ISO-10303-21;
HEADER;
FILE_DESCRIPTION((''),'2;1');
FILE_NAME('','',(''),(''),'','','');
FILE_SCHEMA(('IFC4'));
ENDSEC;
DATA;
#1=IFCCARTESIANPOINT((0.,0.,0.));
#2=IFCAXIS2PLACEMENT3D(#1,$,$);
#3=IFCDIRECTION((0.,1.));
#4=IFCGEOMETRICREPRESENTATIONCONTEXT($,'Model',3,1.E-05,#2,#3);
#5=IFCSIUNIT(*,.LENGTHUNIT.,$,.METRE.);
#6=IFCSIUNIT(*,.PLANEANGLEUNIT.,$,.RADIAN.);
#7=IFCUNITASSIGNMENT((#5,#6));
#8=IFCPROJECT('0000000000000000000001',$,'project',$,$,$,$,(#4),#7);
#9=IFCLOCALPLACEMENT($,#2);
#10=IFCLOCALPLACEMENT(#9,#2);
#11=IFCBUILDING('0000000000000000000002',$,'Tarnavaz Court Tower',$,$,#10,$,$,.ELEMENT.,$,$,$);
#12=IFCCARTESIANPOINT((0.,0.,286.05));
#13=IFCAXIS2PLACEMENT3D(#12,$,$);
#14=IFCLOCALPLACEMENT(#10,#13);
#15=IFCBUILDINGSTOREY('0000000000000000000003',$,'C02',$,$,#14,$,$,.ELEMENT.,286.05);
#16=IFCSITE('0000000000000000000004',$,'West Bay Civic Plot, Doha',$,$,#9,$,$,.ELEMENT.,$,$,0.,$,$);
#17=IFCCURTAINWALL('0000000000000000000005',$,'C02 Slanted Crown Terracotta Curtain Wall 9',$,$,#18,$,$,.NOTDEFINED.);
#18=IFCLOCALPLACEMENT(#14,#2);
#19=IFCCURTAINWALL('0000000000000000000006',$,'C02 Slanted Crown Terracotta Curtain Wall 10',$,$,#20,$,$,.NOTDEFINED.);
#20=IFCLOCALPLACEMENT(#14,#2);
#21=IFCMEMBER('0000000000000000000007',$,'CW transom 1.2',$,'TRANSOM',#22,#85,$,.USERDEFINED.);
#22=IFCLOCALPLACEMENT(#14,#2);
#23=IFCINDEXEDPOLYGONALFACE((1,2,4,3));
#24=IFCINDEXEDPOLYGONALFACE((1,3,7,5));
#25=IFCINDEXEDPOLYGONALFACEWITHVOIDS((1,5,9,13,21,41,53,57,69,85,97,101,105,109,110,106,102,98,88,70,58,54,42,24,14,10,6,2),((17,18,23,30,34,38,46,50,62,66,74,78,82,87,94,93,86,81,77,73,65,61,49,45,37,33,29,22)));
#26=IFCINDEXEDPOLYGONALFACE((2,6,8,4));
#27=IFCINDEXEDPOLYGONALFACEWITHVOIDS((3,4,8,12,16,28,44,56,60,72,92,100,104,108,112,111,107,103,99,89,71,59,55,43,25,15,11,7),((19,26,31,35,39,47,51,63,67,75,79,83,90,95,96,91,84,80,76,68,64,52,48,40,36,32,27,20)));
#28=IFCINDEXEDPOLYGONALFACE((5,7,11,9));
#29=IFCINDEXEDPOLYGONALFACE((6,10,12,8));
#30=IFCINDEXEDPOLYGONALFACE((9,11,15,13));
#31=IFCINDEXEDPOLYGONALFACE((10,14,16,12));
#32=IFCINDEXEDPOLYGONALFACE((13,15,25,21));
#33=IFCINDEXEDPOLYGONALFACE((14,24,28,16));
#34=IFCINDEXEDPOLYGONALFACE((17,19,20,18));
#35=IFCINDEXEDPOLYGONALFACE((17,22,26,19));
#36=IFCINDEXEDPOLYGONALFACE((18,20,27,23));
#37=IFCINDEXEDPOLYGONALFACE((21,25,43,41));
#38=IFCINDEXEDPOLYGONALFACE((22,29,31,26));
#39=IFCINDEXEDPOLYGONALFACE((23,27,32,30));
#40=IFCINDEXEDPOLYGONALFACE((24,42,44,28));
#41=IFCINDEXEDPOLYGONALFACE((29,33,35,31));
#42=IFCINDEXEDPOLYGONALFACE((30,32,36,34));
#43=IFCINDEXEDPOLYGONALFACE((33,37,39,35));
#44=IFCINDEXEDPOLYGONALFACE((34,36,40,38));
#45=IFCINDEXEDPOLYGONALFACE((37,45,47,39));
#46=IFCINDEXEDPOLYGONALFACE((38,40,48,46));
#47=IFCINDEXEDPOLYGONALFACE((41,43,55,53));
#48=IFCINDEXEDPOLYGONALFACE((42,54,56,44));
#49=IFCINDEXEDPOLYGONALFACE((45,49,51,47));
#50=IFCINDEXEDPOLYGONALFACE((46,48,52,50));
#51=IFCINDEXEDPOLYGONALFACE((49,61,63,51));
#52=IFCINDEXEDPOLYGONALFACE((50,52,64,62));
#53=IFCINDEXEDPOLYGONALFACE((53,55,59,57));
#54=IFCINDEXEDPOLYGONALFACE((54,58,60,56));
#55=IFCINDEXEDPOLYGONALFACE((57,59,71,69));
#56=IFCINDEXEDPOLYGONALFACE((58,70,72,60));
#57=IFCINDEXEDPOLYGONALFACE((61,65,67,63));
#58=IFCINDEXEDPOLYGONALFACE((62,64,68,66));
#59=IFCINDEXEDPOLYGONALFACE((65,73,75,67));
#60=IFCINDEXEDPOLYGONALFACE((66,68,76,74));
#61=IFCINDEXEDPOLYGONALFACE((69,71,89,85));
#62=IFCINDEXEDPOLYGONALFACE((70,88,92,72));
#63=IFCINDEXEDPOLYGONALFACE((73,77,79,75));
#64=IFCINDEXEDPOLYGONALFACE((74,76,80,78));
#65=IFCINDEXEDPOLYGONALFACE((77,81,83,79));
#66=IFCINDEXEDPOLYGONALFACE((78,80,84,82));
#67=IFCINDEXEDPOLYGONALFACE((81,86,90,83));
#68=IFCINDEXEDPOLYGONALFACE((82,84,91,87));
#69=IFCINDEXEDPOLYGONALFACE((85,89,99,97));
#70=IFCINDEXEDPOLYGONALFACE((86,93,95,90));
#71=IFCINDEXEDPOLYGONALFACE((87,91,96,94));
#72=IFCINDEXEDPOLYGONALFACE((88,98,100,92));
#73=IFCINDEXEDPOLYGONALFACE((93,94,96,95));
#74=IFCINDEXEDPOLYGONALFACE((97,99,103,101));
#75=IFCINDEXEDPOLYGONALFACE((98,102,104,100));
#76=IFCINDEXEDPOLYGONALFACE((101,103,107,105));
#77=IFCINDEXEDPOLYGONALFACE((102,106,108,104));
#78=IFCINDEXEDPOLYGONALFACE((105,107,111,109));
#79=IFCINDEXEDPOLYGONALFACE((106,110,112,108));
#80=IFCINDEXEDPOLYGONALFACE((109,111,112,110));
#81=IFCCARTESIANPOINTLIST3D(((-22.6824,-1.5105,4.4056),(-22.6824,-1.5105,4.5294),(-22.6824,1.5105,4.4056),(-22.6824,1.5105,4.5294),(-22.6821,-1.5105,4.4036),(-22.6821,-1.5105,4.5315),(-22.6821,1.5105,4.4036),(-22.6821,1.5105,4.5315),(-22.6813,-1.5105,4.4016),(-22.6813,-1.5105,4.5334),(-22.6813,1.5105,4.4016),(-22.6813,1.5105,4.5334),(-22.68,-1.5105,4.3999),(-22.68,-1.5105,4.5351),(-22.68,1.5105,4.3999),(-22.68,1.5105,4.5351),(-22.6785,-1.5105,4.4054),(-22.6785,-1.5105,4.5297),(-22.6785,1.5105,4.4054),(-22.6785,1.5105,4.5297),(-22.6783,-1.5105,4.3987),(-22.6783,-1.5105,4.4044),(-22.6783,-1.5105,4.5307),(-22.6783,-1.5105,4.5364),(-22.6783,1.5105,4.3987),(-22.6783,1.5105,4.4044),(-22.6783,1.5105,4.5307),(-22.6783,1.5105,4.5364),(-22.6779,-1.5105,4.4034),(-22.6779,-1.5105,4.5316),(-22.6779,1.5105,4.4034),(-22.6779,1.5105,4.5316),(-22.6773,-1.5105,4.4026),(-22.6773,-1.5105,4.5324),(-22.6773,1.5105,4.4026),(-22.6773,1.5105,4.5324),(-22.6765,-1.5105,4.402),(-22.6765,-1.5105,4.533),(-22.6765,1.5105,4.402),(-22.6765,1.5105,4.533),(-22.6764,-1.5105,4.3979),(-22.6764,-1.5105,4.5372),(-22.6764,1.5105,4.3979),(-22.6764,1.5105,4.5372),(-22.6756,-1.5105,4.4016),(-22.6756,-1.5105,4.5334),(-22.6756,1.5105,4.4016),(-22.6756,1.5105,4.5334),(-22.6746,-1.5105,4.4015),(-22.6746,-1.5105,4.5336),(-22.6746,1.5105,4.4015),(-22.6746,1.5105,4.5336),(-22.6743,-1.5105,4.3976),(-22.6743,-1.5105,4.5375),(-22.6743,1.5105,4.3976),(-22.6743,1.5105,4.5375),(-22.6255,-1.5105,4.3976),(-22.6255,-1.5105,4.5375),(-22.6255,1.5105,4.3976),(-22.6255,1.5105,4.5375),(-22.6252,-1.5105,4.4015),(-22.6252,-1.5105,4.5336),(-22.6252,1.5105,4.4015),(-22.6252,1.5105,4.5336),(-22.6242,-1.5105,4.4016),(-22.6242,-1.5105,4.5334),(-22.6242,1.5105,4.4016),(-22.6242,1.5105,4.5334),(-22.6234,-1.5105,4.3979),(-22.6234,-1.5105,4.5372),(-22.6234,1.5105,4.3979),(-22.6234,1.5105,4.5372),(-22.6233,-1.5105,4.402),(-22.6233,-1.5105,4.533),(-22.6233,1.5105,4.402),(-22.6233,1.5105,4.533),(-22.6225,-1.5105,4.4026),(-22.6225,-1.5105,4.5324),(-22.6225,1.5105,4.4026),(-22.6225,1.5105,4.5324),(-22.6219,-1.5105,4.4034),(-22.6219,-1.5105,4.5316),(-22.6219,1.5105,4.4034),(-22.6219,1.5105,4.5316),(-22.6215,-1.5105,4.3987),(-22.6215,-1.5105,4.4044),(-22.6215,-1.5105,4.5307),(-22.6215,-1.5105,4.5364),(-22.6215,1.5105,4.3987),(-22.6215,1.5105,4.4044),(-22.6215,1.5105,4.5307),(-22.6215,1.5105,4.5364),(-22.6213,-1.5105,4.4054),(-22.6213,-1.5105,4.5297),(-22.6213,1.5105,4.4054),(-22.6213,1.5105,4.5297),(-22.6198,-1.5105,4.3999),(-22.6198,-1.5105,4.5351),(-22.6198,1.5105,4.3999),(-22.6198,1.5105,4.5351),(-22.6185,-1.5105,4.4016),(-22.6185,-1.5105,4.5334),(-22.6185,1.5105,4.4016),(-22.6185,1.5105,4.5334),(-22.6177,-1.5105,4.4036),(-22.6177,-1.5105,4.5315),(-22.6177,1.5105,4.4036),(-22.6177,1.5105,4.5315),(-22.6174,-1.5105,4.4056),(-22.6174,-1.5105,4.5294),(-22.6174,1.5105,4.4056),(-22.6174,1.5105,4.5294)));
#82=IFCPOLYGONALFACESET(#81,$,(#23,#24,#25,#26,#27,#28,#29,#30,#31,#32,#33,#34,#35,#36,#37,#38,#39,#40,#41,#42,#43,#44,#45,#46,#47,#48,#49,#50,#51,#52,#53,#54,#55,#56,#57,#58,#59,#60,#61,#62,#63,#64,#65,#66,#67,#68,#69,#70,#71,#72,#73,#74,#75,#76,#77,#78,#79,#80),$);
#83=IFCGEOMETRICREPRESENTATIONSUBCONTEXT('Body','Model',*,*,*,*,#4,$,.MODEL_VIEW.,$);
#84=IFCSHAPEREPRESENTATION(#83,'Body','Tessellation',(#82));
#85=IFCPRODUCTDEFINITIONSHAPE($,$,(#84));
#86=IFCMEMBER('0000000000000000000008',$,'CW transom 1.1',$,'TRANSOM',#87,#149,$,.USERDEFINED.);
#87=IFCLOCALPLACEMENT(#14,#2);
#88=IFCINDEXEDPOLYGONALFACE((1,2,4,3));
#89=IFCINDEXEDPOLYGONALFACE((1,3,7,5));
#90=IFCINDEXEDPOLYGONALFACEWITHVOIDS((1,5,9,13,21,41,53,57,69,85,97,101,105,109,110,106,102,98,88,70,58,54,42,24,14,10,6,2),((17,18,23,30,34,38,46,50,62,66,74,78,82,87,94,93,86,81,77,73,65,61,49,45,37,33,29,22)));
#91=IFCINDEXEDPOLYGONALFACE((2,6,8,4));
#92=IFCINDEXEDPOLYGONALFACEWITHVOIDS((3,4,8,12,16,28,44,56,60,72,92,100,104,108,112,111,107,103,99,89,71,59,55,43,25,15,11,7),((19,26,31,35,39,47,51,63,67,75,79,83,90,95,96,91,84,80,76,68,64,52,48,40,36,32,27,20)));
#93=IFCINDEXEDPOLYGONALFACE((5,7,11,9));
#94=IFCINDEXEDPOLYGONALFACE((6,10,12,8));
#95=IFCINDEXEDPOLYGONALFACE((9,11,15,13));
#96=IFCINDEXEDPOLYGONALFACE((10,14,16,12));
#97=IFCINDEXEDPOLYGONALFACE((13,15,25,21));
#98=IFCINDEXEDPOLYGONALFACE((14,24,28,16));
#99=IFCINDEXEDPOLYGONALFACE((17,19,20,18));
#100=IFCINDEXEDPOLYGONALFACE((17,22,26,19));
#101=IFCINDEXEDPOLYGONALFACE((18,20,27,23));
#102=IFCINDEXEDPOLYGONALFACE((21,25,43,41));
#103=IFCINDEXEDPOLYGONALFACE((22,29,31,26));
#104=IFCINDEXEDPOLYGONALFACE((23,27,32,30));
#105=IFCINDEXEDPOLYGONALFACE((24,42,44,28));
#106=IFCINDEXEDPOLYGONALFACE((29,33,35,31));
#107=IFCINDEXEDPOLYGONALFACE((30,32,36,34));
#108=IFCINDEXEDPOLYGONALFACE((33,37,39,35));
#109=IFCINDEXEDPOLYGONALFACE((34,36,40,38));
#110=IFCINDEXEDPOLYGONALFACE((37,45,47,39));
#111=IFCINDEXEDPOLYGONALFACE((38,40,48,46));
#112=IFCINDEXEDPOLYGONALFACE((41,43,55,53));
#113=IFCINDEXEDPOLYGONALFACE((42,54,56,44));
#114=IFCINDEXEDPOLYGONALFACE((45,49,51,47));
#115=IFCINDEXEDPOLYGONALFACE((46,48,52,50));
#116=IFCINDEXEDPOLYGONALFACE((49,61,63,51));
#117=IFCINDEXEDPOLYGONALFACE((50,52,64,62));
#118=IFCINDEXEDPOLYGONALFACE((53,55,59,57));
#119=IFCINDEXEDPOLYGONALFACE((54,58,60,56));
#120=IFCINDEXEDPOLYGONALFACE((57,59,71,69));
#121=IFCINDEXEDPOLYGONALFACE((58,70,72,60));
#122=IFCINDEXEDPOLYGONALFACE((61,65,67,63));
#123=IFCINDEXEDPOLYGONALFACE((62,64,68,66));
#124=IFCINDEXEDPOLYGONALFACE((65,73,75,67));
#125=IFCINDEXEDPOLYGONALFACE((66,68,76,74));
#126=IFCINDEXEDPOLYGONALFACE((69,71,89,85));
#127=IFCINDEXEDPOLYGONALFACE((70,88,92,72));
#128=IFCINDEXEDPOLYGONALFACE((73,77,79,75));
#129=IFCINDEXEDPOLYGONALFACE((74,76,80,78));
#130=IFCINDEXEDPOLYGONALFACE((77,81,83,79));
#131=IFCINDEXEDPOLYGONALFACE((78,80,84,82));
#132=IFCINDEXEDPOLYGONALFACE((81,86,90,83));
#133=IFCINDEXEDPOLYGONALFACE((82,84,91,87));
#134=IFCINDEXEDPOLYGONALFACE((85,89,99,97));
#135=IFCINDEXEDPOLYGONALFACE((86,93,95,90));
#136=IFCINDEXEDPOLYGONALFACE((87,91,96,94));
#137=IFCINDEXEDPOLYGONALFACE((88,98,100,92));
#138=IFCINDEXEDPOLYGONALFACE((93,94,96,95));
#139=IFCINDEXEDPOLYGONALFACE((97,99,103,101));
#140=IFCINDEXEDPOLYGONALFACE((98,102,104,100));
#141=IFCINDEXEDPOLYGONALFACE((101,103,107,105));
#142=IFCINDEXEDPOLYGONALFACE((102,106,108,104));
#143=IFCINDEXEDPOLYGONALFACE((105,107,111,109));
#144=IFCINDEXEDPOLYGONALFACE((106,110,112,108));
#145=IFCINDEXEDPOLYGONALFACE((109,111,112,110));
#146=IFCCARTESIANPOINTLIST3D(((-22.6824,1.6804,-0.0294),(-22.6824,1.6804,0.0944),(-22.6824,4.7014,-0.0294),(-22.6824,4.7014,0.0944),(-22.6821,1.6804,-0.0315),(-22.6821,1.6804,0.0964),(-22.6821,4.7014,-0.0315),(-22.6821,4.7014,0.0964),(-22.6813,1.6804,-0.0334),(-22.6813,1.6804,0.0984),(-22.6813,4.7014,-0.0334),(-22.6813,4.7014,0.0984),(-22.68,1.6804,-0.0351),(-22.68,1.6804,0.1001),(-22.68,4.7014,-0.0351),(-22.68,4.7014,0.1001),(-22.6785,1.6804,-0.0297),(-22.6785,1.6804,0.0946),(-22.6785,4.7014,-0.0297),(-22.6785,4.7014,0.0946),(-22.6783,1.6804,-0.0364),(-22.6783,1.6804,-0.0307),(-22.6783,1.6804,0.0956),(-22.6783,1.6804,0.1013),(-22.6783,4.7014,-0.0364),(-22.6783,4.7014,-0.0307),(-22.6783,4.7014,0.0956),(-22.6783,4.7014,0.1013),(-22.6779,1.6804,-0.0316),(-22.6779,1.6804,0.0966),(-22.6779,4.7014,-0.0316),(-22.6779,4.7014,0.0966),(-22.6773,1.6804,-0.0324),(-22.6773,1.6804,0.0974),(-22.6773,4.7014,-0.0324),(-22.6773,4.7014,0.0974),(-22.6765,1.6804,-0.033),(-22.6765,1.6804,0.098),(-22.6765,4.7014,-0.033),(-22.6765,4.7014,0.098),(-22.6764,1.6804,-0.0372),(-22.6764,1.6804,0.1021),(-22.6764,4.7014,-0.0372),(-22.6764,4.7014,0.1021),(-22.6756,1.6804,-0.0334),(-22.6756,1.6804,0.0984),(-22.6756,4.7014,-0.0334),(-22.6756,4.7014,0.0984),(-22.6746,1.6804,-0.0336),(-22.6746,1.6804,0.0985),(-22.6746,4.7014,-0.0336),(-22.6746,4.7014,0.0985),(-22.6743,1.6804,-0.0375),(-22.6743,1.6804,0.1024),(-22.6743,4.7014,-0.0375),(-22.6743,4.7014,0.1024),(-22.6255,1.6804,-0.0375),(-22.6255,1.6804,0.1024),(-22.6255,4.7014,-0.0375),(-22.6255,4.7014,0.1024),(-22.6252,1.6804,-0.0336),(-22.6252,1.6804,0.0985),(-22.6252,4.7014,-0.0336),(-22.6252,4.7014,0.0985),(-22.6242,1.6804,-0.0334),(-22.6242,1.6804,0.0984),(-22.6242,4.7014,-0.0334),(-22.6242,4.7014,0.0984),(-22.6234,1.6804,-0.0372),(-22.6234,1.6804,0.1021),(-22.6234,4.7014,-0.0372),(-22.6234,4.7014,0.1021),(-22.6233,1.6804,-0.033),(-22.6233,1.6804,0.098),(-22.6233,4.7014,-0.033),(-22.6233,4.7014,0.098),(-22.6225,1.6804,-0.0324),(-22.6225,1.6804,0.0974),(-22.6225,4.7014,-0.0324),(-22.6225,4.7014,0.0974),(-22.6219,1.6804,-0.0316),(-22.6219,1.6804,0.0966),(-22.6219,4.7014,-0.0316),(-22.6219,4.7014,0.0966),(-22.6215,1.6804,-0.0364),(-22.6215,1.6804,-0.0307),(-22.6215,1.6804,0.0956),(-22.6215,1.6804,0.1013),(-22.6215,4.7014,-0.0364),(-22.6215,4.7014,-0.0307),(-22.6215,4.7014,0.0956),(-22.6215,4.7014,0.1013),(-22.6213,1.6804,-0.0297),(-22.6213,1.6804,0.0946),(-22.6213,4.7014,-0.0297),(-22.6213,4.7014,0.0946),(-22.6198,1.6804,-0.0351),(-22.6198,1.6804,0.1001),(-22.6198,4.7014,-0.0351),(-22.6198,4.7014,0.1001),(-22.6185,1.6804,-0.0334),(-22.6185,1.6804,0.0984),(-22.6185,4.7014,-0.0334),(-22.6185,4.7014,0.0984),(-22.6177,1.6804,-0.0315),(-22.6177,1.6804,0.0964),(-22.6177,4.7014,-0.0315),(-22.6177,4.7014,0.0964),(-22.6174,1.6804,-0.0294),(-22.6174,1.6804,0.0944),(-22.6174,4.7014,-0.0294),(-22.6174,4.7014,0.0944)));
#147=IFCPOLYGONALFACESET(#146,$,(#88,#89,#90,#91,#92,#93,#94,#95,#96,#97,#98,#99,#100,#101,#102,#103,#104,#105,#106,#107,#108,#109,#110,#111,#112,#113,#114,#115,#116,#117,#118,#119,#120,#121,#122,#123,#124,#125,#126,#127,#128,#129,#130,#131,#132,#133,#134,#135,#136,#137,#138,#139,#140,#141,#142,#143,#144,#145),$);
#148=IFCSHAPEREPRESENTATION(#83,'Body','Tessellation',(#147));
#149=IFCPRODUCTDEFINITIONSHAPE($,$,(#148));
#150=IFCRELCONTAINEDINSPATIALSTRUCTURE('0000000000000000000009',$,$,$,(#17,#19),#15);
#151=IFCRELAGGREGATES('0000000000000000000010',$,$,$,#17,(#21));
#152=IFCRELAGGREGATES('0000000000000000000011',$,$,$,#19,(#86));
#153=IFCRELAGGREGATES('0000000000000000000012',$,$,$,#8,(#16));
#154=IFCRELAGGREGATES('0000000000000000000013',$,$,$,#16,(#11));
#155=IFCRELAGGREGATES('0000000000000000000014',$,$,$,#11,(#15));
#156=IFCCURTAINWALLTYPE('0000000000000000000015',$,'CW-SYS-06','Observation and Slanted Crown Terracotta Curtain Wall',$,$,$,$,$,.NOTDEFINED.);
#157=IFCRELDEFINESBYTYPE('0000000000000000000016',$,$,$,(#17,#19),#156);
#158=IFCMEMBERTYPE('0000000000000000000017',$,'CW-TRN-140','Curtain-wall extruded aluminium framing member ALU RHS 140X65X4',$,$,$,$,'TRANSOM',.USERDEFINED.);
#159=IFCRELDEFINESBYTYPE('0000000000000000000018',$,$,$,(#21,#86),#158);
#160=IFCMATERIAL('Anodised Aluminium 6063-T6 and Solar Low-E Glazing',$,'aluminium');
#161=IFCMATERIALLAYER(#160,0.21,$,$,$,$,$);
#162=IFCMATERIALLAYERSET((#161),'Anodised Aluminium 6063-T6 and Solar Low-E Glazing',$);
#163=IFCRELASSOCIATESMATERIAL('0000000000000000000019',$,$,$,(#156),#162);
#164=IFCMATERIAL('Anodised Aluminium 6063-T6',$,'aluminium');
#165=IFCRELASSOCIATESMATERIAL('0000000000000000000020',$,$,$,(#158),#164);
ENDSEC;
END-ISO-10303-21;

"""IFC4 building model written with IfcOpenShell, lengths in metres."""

from ifc_helpers import new_model, si_unit, direction, frame, origin, origin_2d, place, context, subcontext, project, spatial, hollow_rectangle, extrude, material, layer, layer_set, material_profile, profile_set, type_object, element, aggregate, save


model = new_model("IFC4")

# Units and contexts
model_context = context("Model", 3, precision=1e-05, world=origin(), true_north=direction((0.0, 1.0)))
body_context = subcontext(model_context, "Body", "Model", "MODEL_VIEW")
ifc_project = project(units=[si_unit("LENGTHUNIT", "METRE"), si_unit("PLANEANGLEUNIT", "RADIAN")], contexts=[model_context])

# Site, building, storey
site_placement = place(None, origin())
site = spatial("IfcSite", under=ifc_project, at=site_placement, Name="West Bay Civic Plot, Doha", CompositionType="ELEMENT", RefElevation=0.0)
building_placement = place(site_placement, origin())
building = spatial("IfcBuilding", under=site, at=building_placement, Name="Tarnavaz Court Tower", CompositionType="ELEMENT")
storey_placement = place(building_placement, frame((0.0, 0.0, 286.05)))
storey = spatial("IfcBuildingStorey", under=building, at=storey_placement, Name="C02", CompositionType="ELEMENT", Elevation=286.05)

# Curtain wall
ifc_material_1 = material(Name="Anodised Aluminium 6063-T6 and Solar Low-E Glazing", Category="aluminium")
ifc_layer_1 = layer(ifc_material_1, 0.21)
ifc_layer_set_1 = layer_set([ifc_layer_1], Name="Anodised Aluminium 6063-T6 and Solar Low-E Glazing")
curtain_wall_type = type_object("IfcCurtainWallType", Name="CW-SYS-06", Description="Observation and Slanted Crown Terracotta Curtain Wall", PredefinedType="NOTDEFINED", material=ifc_layer_set_1)
curtain_wall_1_placement = place(storey_placement, origin())
curtain_wall_1 = element("IfcCurtainWall", 1, at=curtain_wall_1_placement, inside=storey, type_object=curtain_wall_type, Name="C02 Slanted Crown Terracotta Curtain Wall 9", PredefinedType="NOTDEFINED")
ifc_material_2 = material(Name="Anodised Aluminium 6063-T6", Category="aluminium")

# Curtain wall
curtain_wall_2_placement = place(storey_placement, origin())
curtain_wall_2 = element("IfcCurtainWall", 2, at=curtain_wall_2_placement, inside=storey, type_object=curtain_wall_type, Name="C02 Slanted Crown Terracotta Curtain Wall 10", PredefinedType="NOTDEFINED")

# Members
ifc_material_profile_1 = material_profile(ifc_material_2, hollow_rectangle(XDim=0.0649, YDim=0.1399, WallThickness=0.0039, InnerFilletRadius=0.0039, OuterFilletRadius=0.0081, at=origin_2d()), Name="ALU RHS 140X65X4")
ifc_profile_set_1 = profile_set([ifc_material_profile_1], Name="Anodised Aluminium 6063-T6")
member_type_1 = type_object("IfcMemberType", Name="CW-TRN-140", Description="Curtain-wall extruded aluminium framing member ALU RHS 140X65X4", ElementType="TRANSOM", PredefinedType="USERDEFINED", material=ifc_profile_set_1)
member_1_placement = place(storey_placement, frame((-22.6499, -1.5105, 4.4675), z_axis=(0.0, 1.0, 0.0), x_axis=(-1.0, 0.0, 0.0)))
member_1 = element("IfcMember", 3, at=member_1_placement, type_object=member_type_1, Name="CW transom 1.2", ObjectType="TRANSOM", PredefinedType="USERDEFINED", context=body_context, shape_type="SweptSolid", body=[
    extrude(hollow_rectangle(XDim=0.0649, YDim=0.1399, WallThickness=0.0039, InnerFilletRadius=0.0039, OuterFilletRadius=0.0081, at=origin_2d()), origin(), (0.0, 0.0, 1.0), 3.021),
])
member_2_placement = place(storey_placement, frame((-22.6499, 1.6804, 0.0325), z_axis=(0.0, 1.0, 0.0), x_axis=(-1.0, 0.0, 0.0)))
member_2 = element("IfcMember", 4, at=member_2_placement, type_object=member_type_1, Name="CW transom 1.1", ObjectType="TRANSOM", PredefinedType="USERDEFINED", context=body_context, shape_type="SweptSolid", body=[
    extrude(hollow_rectangle(XDim=0.0649, YDim=0.1399, WallThickness=0.0039, InnerFilletRadius=0.0039, OuterFilletRadius=0.0081, at=origin_2d()), origin(), (0.0, 0.0, 1.0), 3.021),
])

aggregate(curtain_wall_1, [member_1])
aggregate(curtain_wall_2, [member_2])

save(model, "model.ifc")
